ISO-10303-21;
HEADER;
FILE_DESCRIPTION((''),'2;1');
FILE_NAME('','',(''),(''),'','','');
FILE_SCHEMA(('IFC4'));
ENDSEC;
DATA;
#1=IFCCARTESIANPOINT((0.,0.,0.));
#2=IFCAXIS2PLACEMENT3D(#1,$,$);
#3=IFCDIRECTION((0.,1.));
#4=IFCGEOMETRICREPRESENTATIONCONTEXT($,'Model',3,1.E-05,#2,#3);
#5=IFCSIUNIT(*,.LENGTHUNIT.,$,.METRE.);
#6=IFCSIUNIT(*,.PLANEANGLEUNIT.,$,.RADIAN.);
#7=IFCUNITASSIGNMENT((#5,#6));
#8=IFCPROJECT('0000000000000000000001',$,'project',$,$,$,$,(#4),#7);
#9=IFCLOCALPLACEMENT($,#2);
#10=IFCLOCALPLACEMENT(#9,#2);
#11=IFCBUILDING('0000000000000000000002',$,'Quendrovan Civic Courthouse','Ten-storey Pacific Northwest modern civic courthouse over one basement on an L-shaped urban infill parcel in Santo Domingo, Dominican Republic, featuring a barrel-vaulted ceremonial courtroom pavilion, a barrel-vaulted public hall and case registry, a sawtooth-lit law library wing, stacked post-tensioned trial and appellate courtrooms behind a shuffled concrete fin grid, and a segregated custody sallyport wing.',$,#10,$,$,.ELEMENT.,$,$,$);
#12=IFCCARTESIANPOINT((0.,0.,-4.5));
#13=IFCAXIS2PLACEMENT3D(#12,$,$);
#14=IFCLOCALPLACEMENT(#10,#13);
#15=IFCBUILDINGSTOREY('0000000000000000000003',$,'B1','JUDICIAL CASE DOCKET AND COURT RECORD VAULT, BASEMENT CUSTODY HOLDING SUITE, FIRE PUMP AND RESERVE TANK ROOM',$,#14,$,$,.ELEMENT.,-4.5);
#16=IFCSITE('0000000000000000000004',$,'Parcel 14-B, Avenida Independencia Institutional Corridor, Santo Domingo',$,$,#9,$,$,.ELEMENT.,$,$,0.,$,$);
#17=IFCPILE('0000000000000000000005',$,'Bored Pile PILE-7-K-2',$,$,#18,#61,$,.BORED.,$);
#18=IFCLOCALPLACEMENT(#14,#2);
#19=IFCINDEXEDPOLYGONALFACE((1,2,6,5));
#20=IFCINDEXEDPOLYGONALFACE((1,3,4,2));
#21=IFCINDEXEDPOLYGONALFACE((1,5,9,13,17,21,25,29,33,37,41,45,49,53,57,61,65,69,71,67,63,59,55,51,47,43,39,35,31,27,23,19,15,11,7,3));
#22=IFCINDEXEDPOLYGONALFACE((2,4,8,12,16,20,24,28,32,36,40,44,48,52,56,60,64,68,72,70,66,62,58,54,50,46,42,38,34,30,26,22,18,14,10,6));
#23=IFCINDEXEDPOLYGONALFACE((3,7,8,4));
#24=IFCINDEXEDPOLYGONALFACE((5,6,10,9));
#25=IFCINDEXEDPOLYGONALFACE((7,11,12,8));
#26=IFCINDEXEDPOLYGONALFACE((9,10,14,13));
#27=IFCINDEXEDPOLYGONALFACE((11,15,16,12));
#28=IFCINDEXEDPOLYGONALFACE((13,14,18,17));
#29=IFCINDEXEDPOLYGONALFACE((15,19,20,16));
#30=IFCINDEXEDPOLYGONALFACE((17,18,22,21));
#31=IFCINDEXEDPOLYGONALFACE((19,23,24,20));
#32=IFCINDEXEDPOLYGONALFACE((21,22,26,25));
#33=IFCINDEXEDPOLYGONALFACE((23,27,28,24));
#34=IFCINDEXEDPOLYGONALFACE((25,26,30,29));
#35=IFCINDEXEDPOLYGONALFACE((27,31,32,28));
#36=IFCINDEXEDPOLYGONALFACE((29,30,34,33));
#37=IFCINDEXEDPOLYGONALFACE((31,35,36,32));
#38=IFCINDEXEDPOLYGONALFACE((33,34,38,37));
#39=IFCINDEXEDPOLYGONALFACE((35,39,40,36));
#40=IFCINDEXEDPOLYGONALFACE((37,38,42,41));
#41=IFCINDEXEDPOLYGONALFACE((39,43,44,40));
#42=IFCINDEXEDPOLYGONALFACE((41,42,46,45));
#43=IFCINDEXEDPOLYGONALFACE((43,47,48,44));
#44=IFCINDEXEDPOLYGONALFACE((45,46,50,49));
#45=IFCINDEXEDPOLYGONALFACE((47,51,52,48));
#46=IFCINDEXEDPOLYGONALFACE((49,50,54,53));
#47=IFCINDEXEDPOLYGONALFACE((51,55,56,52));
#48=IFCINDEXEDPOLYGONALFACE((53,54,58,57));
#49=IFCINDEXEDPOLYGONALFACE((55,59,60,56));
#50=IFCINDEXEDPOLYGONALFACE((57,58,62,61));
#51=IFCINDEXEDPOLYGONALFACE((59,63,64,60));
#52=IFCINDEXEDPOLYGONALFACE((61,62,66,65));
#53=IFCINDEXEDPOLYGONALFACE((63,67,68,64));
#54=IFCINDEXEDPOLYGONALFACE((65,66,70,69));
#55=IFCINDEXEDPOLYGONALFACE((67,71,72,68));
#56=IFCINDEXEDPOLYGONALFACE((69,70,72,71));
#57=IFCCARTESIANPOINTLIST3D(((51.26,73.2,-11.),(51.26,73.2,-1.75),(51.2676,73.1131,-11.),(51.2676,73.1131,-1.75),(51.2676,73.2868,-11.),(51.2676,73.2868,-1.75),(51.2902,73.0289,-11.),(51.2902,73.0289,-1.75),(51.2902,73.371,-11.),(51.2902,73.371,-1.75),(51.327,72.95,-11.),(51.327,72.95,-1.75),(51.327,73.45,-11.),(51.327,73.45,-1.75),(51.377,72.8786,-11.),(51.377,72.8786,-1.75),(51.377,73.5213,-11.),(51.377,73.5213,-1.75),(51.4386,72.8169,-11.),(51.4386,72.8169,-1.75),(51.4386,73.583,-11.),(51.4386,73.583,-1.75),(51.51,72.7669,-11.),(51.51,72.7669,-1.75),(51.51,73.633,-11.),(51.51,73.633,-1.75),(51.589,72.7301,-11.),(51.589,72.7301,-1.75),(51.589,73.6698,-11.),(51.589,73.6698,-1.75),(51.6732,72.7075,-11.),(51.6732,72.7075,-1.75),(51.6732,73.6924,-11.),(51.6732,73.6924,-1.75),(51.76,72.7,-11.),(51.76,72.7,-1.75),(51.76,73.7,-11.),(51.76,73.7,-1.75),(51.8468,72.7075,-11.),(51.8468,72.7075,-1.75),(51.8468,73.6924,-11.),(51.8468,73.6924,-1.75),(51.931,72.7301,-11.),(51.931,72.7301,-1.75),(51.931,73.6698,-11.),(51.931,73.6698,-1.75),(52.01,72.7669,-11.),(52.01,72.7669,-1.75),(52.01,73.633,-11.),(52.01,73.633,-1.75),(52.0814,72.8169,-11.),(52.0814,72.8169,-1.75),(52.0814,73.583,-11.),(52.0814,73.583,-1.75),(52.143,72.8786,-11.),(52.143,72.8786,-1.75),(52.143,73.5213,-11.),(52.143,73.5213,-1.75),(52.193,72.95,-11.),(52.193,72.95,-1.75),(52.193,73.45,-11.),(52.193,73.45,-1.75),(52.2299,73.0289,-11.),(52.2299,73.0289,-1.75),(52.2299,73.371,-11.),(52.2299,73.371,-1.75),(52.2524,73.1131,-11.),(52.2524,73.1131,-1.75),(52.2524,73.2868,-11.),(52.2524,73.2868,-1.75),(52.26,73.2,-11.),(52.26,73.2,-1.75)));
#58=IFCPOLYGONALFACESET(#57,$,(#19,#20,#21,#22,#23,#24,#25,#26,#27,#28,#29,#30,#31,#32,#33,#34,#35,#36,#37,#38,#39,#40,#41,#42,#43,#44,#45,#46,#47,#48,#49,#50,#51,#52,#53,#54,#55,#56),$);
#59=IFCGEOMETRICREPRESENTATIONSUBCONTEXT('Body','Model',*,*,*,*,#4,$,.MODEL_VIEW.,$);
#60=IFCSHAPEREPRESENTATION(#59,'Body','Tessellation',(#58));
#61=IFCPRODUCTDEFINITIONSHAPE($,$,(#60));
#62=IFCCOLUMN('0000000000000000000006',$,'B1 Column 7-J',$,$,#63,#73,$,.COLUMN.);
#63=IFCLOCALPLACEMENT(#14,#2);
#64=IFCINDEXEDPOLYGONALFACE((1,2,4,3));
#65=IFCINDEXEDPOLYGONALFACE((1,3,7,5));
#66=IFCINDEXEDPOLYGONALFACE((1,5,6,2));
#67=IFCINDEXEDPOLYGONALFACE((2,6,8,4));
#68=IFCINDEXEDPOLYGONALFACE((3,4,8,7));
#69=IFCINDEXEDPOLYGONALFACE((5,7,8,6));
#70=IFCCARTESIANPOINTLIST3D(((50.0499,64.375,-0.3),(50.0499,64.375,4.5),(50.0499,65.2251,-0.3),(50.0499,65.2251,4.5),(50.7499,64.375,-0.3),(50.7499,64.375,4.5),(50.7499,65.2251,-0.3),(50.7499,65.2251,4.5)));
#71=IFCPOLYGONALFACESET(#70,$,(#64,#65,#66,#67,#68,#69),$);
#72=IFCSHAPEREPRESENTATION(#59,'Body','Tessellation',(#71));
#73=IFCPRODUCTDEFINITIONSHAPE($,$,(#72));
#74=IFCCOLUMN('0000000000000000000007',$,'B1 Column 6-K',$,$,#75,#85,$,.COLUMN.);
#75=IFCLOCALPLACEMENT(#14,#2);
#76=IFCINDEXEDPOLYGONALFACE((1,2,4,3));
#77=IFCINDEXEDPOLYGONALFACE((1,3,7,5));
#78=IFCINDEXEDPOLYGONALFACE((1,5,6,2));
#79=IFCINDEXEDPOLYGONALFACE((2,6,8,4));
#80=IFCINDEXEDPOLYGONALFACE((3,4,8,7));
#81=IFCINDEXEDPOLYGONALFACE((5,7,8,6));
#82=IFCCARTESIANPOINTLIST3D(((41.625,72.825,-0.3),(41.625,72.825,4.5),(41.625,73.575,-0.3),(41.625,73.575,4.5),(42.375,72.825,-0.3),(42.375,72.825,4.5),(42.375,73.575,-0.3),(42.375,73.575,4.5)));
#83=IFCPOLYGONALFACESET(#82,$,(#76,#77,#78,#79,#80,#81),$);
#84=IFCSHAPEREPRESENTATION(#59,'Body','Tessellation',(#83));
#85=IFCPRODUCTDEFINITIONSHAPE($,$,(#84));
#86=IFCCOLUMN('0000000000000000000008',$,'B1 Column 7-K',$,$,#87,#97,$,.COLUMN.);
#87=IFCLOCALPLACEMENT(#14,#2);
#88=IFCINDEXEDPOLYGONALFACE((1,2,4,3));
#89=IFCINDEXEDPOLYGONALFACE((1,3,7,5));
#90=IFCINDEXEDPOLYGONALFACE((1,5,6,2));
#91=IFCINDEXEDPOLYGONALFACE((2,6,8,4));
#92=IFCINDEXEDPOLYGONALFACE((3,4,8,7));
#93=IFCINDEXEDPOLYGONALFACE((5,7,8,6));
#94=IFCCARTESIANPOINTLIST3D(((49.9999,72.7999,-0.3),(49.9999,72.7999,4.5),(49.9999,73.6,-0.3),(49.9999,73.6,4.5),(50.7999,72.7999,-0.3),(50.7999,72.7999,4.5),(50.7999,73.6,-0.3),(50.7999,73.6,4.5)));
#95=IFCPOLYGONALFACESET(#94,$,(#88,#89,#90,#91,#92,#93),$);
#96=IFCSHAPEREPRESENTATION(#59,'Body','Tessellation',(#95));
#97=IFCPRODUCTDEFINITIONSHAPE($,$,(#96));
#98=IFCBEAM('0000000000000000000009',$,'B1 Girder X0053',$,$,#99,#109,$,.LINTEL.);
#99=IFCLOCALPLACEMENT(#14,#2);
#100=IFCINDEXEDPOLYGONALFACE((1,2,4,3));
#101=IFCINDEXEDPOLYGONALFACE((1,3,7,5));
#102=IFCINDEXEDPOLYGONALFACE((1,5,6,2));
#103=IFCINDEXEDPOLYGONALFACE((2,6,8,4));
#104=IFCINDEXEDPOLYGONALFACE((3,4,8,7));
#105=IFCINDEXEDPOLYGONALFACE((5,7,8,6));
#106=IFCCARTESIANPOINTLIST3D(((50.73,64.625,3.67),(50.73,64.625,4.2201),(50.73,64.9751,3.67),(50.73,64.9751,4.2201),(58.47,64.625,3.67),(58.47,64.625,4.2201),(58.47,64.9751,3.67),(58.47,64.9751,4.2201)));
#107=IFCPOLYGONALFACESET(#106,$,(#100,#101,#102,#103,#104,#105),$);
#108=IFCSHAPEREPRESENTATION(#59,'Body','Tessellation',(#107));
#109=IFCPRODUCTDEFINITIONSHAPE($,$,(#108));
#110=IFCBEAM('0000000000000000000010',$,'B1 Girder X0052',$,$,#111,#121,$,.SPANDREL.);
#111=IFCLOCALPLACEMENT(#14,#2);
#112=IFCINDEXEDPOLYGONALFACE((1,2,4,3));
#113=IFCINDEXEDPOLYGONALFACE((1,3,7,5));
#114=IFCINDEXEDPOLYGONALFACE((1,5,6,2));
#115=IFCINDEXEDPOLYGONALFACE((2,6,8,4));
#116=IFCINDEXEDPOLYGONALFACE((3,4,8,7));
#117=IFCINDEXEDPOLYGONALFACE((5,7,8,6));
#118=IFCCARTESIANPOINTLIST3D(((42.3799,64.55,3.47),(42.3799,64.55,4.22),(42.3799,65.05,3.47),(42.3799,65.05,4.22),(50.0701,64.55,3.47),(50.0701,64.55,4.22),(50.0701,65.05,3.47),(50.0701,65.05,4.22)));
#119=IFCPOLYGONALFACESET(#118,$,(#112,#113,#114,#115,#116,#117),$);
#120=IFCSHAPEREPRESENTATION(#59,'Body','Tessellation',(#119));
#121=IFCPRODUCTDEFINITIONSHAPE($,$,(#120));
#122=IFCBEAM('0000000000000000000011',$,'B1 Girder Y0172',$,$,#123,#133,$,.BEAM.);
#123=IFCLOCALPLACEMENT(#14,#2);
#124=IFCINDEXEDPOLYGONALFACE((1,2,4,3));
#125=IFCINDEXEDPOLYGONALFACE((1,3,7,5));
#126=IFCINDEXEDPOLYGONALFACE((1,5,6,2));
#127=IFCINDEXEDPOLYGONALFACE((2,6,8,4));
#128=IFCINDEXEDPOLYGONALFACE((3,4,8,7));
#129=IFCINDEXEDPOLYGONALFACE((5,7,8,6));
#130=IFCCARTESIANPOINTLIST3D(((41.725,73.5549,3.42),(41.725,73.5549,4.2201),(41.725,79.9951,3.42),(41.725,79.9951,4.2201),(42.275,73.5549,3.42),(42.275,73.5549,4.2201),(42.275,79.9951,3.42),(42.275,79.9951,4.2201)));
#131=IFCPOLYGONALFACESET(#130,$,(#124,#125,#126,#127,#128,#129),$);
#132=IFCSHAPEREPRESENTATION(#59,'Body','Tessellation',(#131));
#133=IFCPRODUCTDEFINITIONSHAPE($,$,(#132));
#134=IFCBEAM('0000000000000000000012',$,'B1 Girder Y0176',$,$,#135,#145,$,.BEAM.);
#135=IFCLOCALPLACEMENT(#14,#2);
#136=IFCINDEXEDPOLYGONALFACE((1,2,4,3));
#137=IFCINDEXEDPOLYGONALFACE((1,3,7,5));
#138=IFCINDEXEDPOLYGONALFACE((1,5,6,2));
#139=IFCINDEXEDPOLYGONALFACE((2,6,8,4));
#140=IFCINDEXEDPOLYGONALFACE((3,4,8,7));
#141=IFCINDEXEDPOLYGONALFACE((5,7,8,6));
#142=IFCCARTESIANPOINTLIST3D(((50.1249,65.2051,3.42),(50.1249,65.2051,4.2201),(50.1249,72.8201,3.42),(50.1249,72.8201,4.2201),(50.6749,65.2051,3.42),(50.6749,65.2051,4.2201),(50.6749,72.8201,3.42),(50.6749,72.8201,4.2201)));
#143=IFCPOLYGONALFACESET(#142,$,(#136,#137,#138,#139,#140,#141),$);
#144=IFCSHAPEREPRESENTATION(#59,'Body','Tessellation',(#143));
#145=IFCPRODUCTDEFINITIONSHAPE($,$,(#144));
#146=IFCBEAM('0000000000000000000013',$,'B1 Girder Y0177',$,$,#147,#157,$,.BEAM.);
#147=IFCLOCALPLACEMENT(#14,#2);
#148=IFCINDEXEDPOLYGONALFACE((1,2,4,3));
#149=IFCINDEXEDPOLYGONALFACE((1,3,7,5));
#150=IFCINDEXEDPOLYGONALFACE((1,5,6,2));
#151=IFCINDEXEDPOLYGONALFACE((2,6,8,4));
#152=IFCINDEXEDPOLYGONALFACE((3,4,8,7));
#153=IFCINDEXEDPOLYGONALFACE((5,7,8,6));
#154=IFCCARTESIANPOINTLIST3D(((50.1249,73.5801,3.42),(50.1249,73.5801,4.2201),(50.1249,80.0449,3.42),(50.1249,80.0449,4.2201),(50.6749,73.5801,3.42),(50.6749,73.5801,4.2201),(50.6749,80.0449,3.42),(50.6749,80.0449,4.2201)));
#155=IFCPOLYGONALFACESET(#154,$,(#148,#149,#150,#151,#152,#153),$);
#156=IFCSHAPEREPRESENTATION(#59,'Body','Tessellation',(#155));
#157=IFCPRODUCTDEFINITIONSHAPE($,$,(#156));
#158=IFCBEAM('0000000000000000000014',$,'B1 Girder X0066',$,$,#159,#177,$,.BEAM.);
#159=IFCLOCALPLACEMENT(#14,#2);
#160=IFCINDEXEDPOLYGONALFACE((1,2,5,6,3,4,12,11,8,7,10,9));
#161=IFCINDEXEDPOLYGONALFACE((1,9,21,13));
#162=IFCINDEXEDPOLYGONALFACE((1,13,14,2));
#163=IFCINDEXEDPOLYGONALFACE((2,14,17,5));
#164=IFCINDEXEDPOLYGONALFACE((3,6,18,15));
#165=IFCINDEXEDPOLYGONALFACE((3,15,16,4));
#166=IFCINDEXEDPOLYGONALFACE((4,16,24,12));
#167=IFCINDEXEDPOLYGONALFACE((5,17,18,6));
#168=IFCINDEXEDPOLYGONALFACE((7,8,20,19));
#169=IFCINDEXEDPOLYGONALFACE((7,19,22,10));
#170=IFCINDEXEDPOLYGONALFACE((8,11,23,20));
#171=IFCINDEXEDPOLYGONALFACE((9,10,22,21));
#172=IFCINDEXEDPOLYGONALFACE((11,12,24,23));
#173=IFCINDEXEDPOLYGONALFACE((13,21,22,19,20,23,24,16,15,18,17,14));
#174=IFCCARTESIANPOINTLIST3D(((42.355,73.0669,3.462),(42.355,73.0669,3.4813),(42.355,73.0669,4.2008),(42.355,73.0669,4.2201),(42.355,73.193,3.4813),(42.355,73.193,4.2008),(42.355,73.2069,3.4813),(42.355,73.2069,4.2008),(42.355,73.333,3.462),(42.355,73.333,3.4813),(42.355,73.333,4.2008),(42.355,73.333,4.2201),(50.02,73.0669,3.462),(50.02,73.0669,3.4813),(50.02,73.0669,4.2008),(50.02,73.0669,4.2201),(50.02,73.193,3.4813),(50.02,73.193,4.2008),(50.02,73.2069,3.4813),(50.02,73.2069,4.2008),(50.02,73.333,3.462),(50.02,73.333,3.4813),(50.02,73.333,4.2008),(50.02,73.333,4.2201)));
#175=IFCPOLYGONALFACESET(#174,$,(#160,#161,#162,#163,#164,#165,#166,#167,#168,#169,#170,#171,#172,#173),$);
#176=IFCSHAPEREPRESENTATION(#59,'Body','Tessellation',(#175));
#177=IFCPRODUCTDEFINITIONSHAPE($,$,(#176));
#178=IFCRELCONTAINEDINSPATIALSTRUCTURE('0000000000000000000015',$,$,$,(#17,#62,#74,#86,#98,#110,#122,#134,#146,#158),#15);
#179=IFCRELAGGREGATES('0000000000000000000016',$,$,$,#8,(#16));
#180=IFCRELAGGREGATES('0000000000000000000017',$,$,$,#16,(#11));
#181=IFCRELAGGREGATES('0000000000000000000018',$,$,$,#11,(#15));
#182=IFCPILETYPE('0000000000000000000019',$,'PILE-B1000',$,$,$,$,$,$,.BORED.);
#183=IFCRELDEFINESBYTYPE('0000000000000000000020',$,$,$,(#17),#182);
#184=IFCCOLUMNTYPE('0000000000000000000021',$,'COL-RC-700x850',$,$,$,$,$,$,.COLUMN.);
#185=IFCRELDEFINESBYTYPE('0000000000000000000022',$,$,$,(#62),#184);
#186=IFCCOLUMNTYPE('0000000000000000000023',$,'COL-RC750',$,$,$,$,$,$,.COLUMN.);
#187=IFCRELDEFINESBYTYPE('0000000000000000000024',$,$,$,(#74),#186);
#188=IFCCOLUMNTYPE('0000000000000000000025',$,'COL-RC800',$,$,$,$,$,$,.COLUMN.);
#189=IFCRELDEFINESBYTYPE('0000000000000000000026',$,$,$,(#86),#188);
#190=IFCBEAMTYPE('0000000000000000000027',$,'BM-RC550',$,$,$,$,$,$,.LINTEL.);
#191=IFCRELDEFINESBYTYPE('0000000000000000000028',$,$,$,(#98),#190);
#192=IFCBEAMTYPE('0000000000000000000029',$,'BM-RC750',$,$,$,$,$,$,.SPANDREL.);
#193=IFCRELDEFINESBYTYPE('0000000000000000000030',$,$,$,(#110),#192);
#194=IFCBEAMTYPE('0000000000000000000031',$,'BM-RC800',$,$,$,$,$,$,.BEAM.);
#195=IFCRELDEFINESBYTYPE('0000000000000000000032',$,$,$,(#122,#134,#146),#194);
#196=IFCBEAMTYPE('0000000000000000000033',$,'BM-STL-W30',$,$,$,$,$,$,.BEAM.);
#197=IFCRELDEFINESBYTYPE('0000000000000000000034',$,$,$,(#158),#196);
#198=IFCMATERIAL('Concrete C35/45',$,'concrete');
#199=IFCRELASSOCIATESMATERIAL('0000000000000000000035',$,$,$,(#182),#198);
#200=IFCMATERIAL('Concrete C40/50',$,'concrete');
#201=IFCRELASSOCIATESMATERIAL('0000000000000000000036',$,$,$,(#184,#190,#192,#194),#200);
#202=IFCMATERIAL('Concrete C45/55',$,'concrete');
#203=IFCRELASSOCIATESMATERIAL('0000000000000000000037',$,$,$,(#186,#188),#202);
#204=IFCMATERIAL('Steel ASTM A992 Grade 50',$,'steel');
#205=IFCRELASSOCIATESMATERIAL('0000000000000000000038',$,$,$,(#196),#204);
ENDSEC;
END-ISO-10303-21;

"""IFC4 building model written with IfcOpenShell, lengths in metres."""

from ifc_helpers import new_model, si_unit, direction, frame, origin, origin_2d, place, context, subcontext, project, spatial, rectangle, circle, i_section, extrude, material, material_profile, profile_set, type_object, element, save


model = new_model("IFC4")

# Units and contexts
model_context = context("Model", 3, precision=1e-05, world=origin(), true_north=direction((0.0, 1.0)))
body_context = subcontext(model_context, "Body", "Model", "MODEL_VIEW")
ifc_project = project(units=[si_unit("LENGTHUNIT", "METRE"), si_unit("PLANEANGLEUNIT", "RADIAN")], contexts=[model_context])

# Site, building, storey
site_placement = place(None, origin())
site = spatial("IfcSite", under=ifc_project, at=site_placement, Name="Parcel 14-B, Avenida Independencia Institutional Corridor, Santo Domingo", CompositionType="ELEMENT", RefElevation=0.0)
building_placement = place(site_placement, origin())
building = spatial("IfcBuilding", under=site, at=building_placement, Name="Quendrovan Civic Courthouse", Description="Ten-storey Pacific Northwest modern civic courthouse over one basement on an L-shaped urban infill parcel in Santo Domingo, Dominican Republic, featuring a barrel-vaulted ceremonial courtroom pavilion, a barrel-vaulted public hall and case registry, a sawtooth-lit law library wing, stacked post-tensioned trial and appellate courtrooms behind a shuffled concrete fin grid, and a segregated custody sallyport wing.", CompositionType="ELEMENT")
storey_placement = place(building_placement, frame((0.0, 0.0, -4.5)))
storey = spatial("IfcBuildingStorey", under=building, at=storey_placement, Name="B1", Description="JUDICIAL CASE DOCKET AND COURT RECORD VAULT, BASEMENT CUSTODY HOLDING SUITE, FIRE PUMP AND RESERVE TANK ROOM", CompositionType="ELEMENT", Elevation=-4.5)

# Shared definitions
ifc_material_1 = material(Name="Concrete C35/45", Category="concrete")

# Pile
ifc_material_profile_1 = material_profile(ifc_material_1, circle(Radius=0.5, at=origin_2d()), Name="PILE-D1000")
ifc_profile_set_1 = profile_set([ifc_material_profile_1], Name="Concrete C35/45")
pile_type = type_object("IfcPileType", Name="PILE-B1000", PredefinedType="BORED", material=ifc_profile_set_1)
for number, where, z_axis, x_axis, name in (
    (1, (51.76, 73.2, -1.75), (0.0, 0.0, -1.0), (1.0, 0.0, 0.0), "Bored Pile PILE-7-K-2"),
):
    element("IfcPile", number, at=place(storey_placement, frame(where, z_axis=z_axis, x_axis=x_axis)), inside=storey, type_object=pile_type, Name=name, PredefinedType="BORED", context=body_context, shape_type="SweptSolid", body=[
        extrude(circle(Radius=0.5, at=origin_2d()), origin(), (0.0, 0.0, 1.0), 9.25),
    ])

# Columns
ifc_material_2 = material(Name="Concrete C40/50", Category="concrete")
ifc_material_profile_2 = material_profile(ifc_material_2, rectangle(XDim=0.7, YDim=0.8501, at=origin_2d()), Name="RC-COL-700x850")
ifc_profile_set_2 = profile_set([ifc_material_profile_2], Name="Concrete C40/50")
column_type_1 = type_object("IfcColumnType", Name="COL-RC-700x850", PredefinedType="COLUMN", material=ifc_profile_set_2)
column_1_placement = place(storey_placement, frame((50.3999, 64.8, -0.3), z_axis=(0.0, 0.0, 1.0), x_axis=(1.0, 0.0, 0.0)))
element("IfcColumn", 2, at=column_1_placement, inside=storey, type_object=column_type_1, Name="B1 Column 7-J", PredefinedType="COLUMN", context=body_context, shape_type="SweptSolid", body=[
    extrude(rectangle(XDim=0.7, YDim=0.8501, at=origin_2d()), origin(), (0.0, 0.0, 1.0), 4.8),
])
ifc_material_3 = material(Name="Concrete C45/55", Category="concrete")
ifc_material_profile_3 = material_profile(ifc_material_3, rectangle(XDim=0.75, YDim=0.75, at=origin_2d()), Name="RC-COL-750x750")
ifc_profile_set_3 = profile_set([ifc_material_profile_3], Name="Concrete C45/55")
column_type_2 = type_object("IfcColumnType", Name="COL-RC750", PredefinedType="COLUMN", material=ifc_profile_set_3)
column_2_placement = place(storey_placement, frame((42.0, 73.2, -0.3), z_axis=(0.0, 0.0, 1.0), x_axis=(1.0, 0.0, 0.0)))
element("IfcColumn", 3, at=column_2_placement, inside=storey, type_object=column_type_2, Name="B1 Column 6-K", PredefinedType="COLUMN", context=body_context, shape_type="SweptSolid", body=[
    extrude(rectangle(XDim=0.75, YDim=0.75, at=origin_2d()), origin(), (0.0, 0.0, 1.0), 4.8),
])
ifc_material_profile_4 = material_profile(ifc_material_3, rectangle(XDim=0.8, YDim=0.8, at=origin_2d()), Name="RC-COL-800x800")
ifc_profile_set_4 = profile_set([ifc_material_profile_4], Name="Concrete C45/55")
column_type_3 = type_object("IfcColumnType", Name="COL-RC800", PredefinedType="COLUMN", material=ifc_profile_set_4)
column_3_placement = place(storey_placement, frame((50.3999, 73.2, -0.3), z_axis=(0.0, 0.0, 1.0), x_axis=(1.0, 0.0, 0.0)))
element("IfcColumn", 4, at=column_3_placement, inside=storey, type_object=column_type_3, Name="B1 Column 7-K", PredefinedType="COLUMN", context=body_context, shape_type="SweptSolid", body=[
    extrude(rectangle(XDim=0.8, YDim=0.8, at=origin_2d()), origin(), (0.0, 0.0, 1.0), 4.8),
])

# Beams
ifc_material_profile_5 = material_profile(ifc_material_2, rectangle(XDim=0.3501, YDim=0.55, at=origin_2d()), Name="RC-BM-350x550")
ifc_profile_set_5 = profile_set([ifc_material_profile_5], Name="Concrete C40/50")
beam_type_1 = type_object("IfcBeamType", Name="BM-RC550", PredefinedType="LINTEL", material=ifc_profile_set_5)
beam_1_placement = place(storey_placement, frame((50.73, 64.8, 3.9451), z_axis=(1.0, 0.0, 0.0), x_axis=(0.0, 1.0, 0.0)))
element("IfcBeam", 5, at=beam_1_placement, inside=storey, type_object=beam_type_1, Name="B1 Girder X0053", PredefinedType="LINTEL", context=body_context, shape_type="SweptSolid", body=[
    extrude(rectangle(XDim=0.3501, YDim=0.55, at=origin_2d()), origin(), (0.0, 0.0, 1.0), 7.74),
])
ifc_material_profile_6 = material_profile(ifc_material_2, rectangle(XDim=0.5, YDim=0.75, at=origin_2d()), Name="RC-BM-500x750")
ifc_profile_set_6 = profile_set([ifc_material_profile_6], Name="Concrete C40/50")
beam_type_2 = type_object("IfcBeamType", Name="BM-RC750", PredefinedType="SPANDREL", material=ifc_profile_set_6)
beam_2_placement = place(storey_placement, frame((42.3799, 64.8, 3.845), z_axis=(1.0, 0.0, 0.0), x_axis=(0.0, 1.0, 0.0)))
element("IfcBeam", 6, at=beam_2_placement, inside=storey, type_object=beam_type_2, Name="B1 Girder X0052", PredefinedType="SPANDREL", context=body_context, shape_type="SweptSolid", body=[
    extrude(rectangle(XDim=0.5, YDim=0.75, at=origin_2d()), origin(), (0.0, 0.0, 1.0), 7.6902),
])
ifc_material_profile_7 = material_profile(ifc_material_2, rectangle(XDim=0.55, YDim=0.8, at=origin_2d()), Name="RC-BM-550x800")
ifc_profile_set_7 = profile_set([ifc_material_profile_7], Name="Concrete C40/50")
beam_type_3 = type_object("IfcBeamType", Name="BM-RC800", PredefinedType="BEAM", material=ifc_profile_set_7)
beam_3_placement = place(storey_placement, frame((42.0, 73.5549, 3.8201), z_axis=(0.0, 1.0, 0.0), x_axis=(-1.0, 0.0, 0.0)))
element("IfcBeam", 7, at=beam_3_placement, inside=storey, type_object=beam_type_3, Name="B1 Girder Y0172", PredefinedType="BEAM", context=body_context, shape_type="SweptSolid", body=[
    extrude(rectangle(XDim=0.55, YDim=0.8, at=origin_2d()), origin(), (0.0, 0.0, 1.0), 6.4402),
])
beam_4_placement = place(storey_placement, frame((50.3999, 65.2051, 3.8201), z_axis=(0.0, 1.0, 0.0), x_axis=(-1.0, 0.0, 0.0)))
element("IfcBeam", 8, at=beam_4_placement, inside=storey, type_object=beam_type_3, Name="B1 Girder Y0176", PredefinedType="BEAM", context=body_context, shape_type="SweptSolid", body=[
    extrude(rectangle(XDim=0.55, YDim=0.8, at=origin_2d()), origin(), (0.0, 0.0, 1.0), 7.615),
])
beam_5_placement = place(storey_placement, frame((50.3999, 73.5801, 3.8201), z_axis=(0.0, 1.0, 0.0), x_axis=(-1.0, 0.0, 0.0)))
element("IfcBeam", 9, at=beam_5_placement, inside=storey, type_object=beam_type_3, Name="B1 Girder Y0177", PredefinedType="BEAM", context=body_context, shape_type="SweptSolid", body=[
    extrude(rectangle(XDim=0.55, YDim=0.8, at=origin_2d()), origin(), (0.0, 0.0, 1.0), 6.4648),
])
ifc_material_4 = material(Name="Steel ASTM A992 Grade 50", Category="steel")
ifc_material_profile_8 = material_profile(ifc_material_4, i_section(OverallWidth=0.2661, OverallDepth=0.7581, WebThickness=0.0139, FlangeThickness=0.0193, at=origin_2d()), Name="W30X108")
ifc_profile_set_8 = profile_set([ifc_material_profile_8], Name="Steel ASTM A992 Grade 50")
beam_type_4 = type_object("IfcBeamType", Name="BM-STL-W30", PredefinedType="BEAM", material=ifc_profile_set_8)
beam_6_placement = place(storey_placement, frame((42.355, 73.2, 3.8411), z_axis=(1.0, 0.0, 0.0), x_axis=(0.0, 1.0, 0.0)))
element("IfcBeam", 10, at=beam_6_placement, inside=storey, type_object=beam_type_4, Name="B1 Girder X0066", PredefinedType="BEAM", context=body_context, shape_type="SweptSolid", body=[
    extrude(i_section(OverallWidth=0.2661, OverallDepth=0.7581, WebThickness=0.0139, FlangeThickness=0.0193, at=origin_2d()), origin(), (0.0, 0.0, 1.0), 7.665),
])

save(model, "model.ifc")
